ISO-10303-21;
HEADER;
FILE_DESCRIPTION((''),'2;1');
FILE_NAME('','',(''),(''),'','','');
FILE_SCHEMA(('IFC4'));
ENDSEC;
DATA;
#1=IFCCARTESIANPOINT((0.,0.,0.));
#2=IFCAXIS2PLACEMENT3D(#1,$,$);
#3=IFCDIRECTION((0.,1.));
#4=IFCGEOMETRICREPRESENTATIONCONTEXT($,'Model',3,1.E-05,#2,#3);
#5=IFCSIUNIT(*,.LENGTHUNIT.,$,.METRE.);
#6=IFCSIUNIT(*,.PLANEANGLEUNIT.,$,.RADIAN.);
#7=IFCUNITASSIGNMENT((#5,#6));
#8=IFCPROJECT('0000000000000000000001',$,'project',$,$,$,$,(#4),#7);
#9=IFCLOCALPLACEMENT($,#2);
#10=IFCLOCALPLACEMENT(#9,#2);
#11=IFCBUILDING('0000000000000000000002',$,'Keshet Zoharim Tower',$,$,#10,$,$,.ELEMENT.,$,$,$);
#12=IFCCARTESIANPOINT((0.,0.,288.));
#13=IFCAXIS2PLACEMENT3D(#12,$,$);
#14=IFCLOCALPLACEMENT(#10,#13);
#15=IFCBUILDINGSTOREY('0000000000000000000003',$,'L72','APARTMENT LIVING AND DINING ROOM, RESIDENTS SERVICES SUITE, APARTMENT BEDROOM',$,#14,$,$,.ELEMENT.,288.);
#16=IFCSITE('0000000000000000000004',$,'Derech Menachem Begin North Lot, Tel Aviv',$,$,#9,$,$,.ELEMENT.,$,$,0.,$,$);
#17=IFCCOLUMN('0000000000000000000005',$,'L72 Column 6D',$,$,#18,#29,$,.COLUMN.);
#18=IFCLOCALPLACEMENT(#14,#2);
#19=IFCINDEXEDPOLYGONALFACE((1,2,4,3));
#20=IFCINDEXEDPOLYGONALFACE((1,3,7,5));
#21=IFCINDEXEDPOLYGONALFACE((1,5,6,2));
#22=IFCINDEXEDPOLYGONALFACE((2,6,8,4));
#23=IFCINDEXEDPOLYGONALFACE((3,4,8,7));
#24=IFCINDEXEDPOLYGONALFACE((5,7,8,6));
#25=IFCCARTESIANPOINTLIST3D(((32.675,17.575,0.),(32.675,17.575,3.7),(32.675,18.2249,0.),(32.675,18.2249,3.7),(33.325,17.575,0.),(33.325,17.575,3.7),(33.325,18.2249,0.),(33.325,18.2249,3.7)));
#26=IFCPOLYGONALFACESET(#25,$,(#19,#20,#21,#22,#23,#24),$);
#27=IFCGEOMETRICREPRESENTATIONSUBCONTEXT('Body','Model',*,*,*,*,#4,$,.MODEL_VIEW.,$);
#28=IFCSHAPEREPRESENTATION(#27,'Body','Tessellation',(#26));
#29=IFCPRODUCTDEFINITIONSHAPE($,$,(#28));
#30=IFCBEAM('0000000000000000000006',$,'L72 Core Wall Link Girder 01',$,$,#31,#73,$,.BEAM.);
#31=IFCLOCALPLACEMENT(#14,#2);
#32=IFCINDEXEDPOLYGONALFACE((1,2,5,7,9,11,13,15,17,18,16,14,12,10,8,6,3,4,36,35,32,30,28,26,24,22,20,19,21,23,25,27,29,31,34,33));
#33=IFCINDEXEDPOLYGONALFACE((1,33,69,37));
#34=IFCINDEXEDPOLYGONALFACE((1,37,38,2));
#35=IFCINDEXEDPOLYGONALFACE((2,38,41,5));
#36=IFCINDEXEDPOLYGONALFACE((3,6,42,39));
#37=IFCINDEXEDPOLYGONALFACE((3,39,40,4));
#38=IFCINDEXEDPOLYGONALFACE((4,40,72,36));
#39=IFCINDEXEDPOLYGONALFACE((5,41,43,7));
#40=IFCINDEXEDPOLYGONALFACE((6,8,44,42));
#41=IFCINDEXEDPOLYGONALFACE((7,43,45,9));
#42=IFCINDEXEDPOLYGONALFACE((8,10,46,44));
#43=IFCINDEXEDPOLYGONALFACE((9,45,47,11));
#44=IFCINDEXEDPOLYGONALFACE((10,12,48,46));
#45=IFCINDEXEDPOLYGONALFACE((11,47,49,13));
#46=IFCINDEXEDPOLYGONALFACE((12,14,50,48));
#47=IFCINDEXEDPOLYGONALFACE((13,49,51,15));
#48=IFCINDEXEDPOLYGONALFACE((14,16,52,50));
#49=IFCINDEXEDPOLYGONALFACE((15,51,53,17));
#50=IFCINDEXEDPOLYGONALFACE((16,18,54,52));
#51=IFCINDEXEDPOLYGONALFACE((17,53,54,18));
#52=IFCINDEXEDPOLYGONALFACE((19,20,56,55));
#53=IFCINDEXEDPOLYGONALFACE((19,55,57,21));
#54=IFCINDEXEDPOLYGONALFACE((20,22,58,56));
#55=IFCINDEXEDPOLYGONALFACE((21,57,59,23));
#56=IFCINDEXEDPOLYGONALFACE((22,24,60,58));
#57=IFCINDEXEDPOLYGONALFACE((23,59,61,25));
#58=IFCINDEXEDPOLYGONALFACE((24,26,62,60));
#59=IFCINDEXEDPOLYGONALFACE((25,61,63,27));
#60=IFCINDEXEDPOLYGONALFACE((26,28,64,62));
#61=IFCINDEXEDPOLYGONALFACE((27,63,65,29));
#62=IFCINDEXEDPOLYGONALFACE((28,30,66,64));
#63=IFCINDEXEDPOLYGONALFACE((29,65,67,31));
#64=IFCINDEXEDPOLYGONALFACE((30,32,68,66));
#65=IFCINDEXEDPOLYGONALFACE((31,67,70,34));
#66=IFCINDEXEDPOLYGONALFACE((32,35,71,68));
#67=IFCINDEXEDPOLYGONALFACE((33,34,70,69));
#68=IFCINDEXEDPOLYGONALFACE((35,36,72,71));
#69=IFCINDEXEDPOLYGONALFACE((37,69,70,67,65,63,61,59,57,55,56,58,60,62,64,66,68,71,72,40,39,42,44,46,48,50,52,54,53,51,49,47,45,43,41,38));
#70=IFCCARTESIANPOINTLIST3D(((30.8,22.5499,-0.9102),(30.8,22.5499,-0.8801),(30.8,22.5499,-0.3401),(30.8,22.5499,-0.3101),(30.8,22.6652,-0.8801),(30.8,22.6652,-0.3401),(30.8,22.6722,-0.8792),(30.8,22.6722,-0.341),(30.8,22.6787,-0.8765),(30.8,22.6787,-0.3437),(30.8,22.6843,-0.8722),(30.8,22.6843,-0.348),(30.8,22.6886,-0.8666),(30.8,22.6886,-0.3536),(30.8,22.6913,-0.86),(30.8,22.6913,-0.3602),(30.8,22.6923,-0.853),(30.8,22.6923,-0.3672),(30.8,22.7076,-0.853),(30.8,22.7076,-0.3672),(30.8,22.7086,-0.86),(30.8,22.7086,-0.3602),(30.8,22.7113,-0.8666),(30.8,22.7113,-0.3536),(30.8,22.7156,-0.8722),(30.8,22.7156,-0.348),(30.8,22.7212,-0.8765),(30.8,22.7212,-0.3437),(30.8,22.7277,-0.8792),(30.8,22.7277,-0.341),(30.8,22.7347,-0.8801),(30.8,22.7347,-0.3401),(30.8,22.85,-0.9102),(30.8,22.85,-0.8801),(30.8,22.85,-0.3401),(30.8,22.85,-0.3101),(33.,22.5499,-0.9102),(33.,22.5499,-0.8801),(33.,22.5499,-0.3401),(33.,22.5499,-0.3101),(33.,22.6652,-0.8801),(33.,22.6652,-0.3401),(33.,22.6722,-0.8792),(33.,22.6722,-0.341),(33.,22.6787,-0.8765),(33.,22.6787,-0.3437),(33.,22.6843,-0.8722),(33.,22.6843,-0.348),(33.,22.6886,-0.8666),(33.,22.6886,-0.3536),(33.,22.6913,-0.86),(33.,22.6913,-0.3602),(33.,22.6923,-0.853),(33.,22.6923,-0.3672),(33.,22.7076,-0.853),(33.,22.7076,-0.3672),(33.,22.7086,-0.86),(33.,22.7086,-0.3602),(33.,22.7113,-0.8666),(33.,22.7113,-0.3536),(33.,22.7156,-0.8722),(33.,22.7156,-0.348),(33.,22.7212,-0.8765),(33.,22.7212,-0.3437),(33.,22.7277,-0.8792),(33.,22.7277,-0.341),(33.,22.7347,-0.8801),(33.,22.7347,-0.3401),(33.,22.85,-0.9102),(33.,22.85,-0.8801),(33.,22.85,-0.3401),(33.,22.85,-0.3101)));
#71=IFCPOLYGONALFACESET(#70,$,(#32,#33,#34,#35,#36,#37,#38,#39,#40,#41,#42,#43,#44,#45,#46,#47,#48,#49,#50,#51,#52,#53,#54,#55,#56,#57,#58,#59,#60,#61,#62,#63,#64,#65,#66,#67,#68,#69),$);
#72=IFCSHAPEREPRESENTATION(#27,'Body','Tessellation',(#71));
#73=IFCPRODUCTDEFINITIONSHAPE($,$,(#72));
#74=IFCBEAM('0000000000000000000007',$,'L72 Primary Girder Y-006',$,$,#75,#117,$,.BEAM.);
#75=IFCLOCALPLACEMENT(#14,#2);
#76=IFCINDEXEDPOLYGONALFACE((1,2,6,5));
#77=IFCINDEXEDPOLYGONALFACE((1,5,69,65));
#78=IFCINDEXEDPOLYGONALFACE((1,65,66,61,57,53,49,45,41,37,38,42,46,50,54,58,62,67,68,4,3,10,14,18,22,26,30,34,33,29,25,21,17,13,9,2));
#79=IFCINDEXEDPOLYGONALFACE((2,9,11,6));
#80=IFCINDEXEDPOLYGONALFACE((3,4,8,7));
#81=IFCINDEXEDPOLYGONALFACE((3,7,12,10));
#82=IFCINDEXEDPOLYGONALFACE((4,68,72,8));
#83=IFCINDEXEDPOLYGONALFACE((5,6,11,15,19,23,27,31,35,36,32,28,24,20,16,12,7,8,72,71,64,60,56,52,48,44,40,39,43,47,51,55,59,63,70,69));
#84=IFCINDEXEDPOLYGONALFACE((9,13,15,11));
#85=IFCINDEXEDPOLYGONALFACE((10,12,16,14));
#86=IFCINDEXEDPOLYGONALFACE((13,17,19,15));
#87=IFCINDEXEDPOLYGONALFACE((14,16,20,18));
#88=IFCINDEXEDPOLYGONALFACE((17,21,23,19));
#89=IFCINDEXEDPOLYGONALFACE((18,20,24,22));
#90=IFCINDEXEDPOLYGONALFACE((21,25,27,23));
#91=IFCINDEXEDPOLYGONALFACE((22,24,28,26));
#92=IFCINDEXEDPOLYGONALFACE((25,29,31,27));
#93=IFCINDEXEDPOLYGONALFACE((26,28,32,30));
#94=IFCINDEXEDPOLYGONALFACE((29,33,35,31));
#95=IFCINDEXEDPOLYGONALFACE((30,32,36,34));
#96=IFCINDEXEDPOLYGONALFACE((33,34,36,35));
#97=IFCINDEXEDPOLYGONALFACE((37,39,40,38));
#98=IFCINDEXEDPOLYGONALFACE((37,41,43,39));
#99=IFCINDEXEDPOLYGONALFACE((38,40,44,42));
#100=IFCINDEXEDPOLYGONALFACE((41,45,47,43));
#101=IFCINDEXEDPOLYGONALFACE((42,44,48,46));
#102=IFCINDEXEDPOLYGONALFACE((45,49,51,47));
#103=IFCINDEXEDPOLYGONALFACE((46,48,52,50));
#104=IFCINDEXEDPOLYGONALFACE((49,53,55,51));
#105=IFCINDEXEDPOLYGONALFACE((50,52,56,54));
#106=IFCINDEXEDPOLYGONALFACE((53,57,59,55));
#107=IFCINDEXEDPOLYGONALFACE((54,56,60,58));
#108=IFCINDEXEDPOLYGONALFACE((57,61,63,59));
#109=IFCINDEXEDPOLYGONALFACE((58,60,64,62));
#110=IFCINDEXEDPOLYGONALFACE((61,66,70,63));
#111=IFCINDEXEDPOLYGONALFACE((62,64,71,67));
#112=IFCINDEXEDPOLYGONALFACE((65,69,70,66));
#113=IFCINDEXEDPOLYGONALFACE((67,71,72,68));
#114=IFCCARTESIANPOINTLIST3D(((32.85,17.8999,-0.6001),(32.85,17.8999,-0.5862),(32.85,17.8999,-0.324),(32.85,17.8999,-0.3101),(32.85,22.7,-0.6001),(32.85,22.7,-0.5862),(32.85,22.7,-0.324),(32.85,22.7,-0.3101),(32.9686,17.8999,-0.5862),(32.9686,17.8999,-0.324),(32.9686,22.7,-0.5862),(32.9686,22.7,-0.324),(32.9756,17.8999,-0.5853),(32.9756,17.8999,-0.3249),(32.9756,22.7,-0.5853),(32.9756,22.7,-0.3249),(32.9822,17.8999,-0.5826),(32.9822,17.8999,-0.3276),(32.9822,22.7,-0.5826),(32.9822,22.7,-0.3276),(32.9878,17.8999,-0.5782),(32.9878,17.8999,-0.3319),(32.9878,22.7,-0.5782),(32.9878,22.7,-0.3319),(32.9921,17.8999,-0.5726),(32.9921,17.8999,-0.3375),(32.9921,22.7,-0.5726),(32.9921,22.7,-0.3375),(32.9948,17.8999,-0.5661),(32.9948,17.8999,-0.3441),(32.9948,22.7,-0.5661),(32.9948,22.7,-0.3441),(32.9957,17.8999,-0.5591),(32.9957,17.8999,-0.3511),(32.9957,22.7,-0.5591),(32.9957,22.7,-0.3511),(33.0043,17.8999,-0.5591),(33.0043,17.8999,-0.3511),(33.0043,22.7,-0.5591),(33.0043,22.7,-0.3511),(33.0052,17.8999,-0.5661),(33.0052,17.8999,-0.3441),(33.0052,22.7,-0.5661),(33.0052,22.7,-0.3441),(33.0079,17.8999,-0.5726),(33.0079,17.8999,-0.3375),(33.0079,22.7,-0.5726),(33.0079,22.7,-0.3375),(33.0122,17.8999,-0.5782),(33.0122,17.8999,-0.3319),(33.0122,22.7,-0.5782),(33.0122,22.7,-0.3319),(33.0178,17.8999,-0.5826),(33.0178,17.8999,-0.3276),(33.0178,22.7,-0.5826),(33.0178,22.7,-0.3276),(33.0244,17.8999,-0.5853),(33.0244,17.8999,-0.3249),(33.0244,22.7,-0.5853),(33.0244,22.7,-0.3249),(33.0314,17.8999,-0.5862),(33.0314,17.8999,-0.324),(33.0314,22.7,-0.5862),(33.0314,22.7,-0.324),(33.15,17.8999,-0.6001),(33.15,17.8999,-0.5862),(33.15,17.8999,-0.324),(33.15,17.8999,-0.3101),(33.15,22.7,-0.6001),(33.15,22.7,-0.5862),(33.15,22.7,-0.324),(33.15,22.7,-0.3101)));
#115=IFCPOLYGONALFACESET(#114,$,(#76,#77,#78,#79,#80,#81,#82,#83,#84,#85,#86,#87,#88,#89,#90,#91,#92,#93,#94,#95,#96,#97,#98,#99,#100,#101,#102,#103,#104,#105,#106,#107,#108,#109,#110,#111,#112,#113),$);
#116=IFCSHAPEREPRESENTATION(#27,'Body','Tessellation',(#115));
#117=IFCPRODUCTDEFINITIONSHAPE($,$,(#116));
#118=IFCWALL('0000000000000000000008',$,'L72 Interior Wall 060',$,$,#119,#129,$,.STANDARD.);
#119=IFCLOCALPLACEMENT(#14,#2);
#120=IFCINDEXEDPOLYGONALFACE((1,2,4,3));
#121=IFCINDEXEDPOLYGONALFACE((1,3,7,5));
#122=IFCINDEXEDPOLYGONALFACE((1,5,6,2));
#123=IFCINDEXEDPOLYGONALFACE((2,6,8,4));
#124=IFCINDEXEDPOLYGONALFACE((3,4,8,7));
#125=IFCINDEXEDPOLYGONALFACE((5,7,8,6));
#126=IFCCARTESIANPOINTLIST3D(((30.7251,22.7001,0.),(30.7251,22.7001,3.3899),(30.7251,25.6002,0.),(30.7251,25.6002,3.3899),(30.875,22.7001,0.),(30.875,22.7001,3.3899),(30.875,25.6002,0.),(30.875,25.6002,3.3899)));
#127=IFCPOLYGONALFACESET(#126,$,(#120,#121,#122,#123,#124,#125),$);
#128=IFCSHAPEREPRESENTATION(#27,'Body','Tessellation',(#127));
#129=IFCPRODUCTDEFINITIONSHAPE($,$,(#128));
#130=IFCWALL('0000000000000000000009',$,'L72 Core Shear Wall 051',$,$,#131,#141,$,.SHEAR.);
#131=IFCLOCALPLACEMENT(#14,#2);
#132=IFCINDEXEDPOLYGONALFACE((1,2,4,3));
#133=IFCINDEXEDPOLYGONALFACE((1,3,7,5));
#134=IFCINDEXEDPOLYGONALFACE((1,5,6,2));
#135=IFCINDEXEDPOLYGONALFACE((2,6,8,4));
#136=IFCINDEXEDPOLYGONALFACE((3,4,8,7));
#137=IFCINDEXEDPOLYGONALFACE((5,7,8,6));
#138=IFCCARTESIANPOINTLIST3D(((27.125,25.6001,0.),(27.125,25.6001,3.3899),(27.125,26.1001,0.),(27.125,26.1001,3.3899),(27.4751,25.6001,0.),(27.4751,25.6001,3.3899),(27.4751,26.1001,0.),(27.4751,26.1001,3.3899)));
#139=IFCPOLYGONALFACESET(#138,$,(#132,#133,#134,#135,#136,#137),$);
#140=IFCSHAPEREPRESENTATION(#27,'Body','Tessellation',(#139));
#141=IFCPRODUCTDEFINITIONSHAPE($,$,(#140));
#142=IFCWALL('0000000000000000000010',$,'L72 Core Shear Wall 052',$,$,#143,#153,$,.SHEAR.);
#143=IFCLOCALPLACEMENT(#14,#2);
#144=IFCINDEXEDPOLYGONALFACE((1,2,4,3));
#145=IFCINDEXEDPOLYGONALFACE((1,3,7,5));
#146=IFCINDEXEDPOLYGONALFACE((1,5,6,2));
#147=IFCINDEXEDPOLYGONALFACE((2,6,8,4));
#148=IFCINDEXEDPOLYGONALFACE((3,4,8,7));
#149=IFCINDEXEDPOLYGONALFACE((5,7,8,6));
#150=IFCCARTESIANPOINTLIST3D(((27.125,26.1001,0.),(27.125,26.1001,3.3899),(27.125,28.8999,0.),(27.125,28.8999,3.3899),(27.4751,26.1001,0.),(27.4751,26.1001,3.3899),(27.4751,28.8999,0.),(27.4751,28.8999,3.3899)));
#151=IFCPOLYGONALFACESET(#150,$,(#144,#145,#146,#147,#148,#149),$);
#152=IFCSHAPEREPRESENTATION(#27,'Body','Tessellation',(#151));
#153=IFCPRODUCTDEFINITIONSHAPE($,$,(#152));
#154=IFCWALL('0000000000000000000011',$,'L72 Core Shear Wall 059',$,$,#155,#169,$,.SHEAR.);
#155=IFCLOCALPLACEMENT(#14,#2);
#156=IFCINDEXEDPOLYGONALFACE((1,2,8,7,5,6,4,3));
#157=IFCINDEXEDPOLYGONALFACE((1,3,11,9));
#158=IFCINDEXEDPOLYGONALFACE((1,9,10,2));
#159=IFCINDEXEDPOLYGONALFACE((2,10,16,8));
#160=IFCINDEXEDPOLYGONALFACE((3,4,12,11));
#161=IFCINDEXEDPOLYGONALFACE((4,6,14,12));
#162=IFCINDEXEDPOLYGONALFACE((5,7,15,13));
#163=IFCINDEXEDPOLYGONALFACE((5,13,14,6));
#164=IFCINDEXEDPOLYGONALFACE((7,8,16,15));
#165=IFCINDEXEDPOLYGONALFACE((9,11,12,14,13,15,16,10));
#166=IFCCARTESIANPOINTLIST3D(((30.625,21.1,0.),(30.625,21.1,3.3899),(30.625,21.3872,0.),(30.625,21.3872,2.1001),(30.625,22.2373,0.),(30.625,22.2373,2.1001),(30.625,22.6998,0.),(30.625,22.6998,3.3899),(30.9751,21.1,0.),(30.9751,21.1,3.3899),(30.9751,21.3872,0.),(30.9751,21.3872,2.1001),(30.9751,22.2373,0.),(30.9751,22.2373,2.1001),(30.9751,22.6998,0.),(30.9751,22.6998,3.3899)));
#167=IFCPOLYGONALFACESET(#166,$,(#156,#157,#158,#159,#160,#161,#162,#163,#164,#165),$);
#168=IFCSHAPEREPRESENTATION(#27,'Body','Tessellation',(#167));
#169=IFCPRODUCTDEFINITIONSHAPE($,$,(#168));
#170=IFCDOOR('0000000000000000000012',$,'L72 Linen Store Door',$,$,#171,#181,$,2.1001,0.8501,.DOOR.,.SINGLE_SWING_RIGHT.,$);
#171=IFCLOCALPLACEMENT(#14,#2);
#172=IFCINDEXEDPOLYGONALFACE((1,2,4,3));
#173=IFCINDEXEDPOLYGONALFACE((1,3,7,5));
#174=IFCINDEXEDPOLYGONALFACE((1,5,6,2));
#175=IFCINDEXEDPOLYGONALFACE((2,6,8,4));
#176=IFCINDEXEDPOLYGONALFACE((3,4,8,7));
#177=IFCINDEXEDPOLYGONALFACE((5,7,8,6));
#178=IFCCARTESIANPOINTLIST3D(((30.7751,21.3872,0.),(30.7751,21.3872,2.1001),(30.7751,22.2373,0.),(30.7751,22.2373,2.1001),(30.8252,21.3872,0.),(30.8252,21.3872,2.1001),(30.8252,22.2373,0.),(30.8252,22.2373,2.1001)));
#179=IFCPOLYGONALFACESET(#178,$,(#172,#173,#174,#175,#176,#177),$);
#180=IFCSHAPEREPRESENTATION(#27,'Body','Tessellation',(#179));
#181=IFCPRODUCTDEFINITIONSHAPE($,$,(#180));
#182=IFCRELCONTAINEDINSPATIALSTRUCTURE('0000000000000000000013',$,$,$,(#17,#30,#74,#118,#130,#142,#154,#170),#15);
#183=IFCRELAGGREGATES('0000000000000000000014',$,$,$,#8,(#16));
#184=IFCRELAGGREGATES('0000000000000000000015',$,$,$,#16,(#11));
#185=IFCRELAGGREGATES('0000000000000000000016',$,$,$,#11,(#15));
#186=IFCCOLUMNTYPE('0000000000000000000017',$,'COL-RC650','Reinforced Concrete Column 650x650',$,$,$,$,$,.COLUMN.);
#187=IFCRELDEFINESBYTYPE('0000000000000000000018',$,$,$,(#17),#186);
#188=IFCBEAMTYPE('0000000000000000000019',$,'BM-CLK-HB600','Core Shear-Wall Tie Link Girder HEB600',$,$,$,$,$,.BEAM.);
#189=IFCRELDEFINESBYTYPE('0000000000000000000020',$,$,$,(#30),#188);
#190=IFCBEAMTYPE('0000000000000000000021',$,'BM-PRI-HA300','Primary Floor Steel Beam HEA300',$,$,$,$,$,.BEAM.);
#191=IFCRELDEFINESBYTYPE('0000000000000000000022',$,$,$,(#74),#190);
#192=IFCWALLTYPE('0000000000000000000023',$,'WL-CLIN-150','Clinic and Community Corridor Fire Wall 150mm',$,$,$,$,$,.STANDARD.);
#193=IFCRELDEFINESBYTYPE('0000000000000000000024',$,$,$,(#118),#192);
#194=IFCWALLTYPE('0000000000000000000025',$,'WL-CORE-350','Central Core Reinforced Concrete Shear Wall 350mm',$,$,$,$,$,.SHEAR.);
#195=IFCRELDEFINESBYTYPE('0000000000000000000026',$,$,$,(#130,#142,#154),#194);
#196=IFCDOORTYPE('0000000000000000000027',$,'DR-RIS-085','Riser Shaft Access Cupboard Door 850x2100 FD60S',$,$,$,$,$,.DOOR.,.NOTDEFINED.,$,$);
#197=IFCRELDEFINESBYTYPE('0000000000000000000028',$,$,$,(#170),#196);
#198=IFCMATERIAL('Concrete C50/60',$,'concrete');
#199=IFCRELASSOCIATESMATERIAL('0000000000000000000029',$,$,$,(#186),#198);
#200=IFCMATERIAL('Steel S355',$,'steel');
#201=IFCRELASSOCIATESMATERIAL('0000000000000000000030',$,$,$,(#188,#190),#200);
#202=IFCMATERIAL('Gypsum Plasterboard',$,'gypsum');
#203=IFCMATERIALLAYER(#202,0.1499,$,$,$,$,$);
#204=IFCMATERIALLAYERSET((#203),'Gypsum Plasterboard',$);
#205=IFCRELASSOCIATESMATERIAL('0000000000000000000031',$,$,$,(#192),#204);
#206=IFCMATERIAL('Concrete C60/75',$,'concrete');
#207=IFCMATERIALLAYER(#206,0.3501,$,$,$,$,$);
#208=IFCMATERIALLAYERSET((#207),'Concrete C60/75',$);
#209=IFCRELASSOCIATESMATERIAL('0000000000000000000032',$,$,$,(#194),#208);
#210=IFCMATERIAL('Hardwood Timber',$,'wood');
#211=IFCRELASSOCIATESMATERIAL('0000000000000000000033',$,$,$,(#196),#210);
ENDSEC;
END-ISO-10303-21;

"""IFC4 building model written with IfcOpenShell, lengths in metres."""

from ifc_helpers import new_model, si_unit, direction, frame, frame_2d, origin, origin_2d, place, context, subcontext, project, spatial, rectangle, i_section, extrude, material, layer, layer_set, material_profile, profile_set, type_object, element, fill, save


model = new_model("IFC4")

# Units and contexts
model_context = context("Model", 3, precision=1e-05, world=origin(), true_north=direction((0.0, 1.0)))
body_context = subcontext(model_context, "Body", "Model", "MODEL_VIEW")
ifc_project = project(units=[si_unit("LENGTHUNIT", "METRE"), si_unit("PLANEANGLEUNIT", "RADIAN")], contexts=[model_context])

# Site, building, storey
site_placement = place(None, origin())
site = spatial("IfcSite", under=ifc_project, at=site_placement, Name="Derech Menachem Begin North Lot, Tel Aviv", CompositionType="ELEMENT", RefElevation=0.0)
building_placement = place(site_placement, origin())
building = spatial("IfcBuilding", under=site, at=building_placement, Name="Keshet Zoharim Tower", CompositionType="ELEMENT")
storey_placement = place(building_placement, frame((0.0, 0.0, 288.0)))
storey = spatial("IfcBuildingStorey", under=building, at=storey_placement, Name="L72", Description="APARTMENT LIVING AND DINING ROOM, RESIDENTS SERVICES SUITE, APARTMENT BEDROOM", CompositionType="ELEMENT", Elevation=288.0)

# Column
ifc_material_1 = material(Name="Concrete C50/60", Category="concrete")
ifc_material_profile_1 = material_profile(ifc_material_1, rectangle(XDim=0.6499, YDim=0.6499, at=origin_2d()), Name="RC650x650")
ifc_profile_set_1 = profile_set([ifc_material_profile_1], Name="Concrete C50/60")
column_type = type_object("IfcColumnType", Name="COL-RC650", Description="Reinforced Concrete Column 650x650", PredefinedType="COLUMN", material=ifc_profile_set_1)
column_placement = place(storey_placement, frame((33.0, 17.8999, 0.0), z_axis=(0.0, 0.0, 1.0), x_axis=(1.0, 0.0, 0.0)))
element("IfcColumn", 1, at=column_placement, inside=storey, type_object=column_type, Name="L72 Column 6D", PredefinedType="COLUMN", context=body_context, shape_type="SweptSolid", body=[
    extrude(rectangle(XDim=0.6499, YDim=0.6499, at=origin_2d()), origin(), (0.0, 0.0, 1.0), 3.7),
])

# Beams
ifc_material_2 = material(Name="Steel S355", Category="steel")
ifc_material_profile_2 = material_profile(ifc_material_2, i_section(OverallWidth=0.3, OverallDepth=0.6001, WebThickness=0.0154, FlangeThickness=0.03, FilletRadius=0.0271, at=origin_2d()), Name="HEB600")
ifc_profile_set_2 = profile_set([ifc_material_profile_2], Name="Steel S355")
beam_type_1 = type_object("IfcBeamType", Name="BM-CLK-HB600", Description="Core Shear-Wall Tie Link Girder HEB600", PredefinedType="BEAM", material=ifc_profile_set_2)
beam_1_placement = place(storey_placement, frame((30.8, 22.7, -0.6101), z_axis=(1.0, 0.0, 0.0), x_axis=(0.0, 1.0, 0.0)))
element("IfcBeam", 2, at=beam_1_placement, inside=storey, type_object=beam_type_1, Name="L72 Core Wall Link Girder 01", PredefinedType="BEAM", context=body_context, shape_type="SweptSolid", body=[
    extrude(i_section(OverallWidth=0.3, OverallDepth=0.6001, WebThickness=0.0154, FlangeThickness=0.03, FilletRadius=0.0271, at=origin_2d()), origin(), (0.0, 0.0, 1.0), 2.2),
])
ifc_material_profile_3 = material_profile(ifc_material_2, i_section(OverallWidth=0.3, OverallDepth=0.29, WebThickness=0.0085, FlangeThickness=0.0139, FilletRadius=0.0271, at=origin_2d()), Name="HEA300")
ifc_profile_set_3 = profile_set([ifc_material_profile_3], Name="Steel S355")
beam_type_2 = type_object("IfcBeamType", Name="BM-PRI-HA300", Description="Primary Floor Steel Beam HEA300", PredefinedType="BEAM", material=ifc_profile_set_3)
beam_2_placement = place(storey_placement, frame((33.0, 17.8999, -0.4551), z_axis=(0.0, 1.0, 0.0), x_axis=(-1.0, 0.0, 0.0)))
element("IfcBeam", 3, at=beam_2_placement, inside=storey, type_object=beam_type_2, Name="L72 Primary Girder Y-006", PredefinedType="BEAM", context=body_context, shape_type="SweptSolid", body=[
    extrude(i_section(OverallWidth=0.3, OverallDepth=0.29, WebThickness=0.0085, FlangeThickness=0.0139, FilletRadius=0.0271, at=origin_2d()), origin(), (0.0, 0.0, 1.0), 4.8),
])

# Walls
ifc_material_3 = material(Name="Gypsum Plasterboard", Category="gypsum")
ifc_layer_1 = layer(ifc_material_3, 0.1499)
ifc_layer_set_1 = layer_set([ifc_layer_1], Name="Gypsum Plasterboard")
wall_type_1 = type_object("IfcWallType", Name="WL-CLIN-150", Description="Clinic and Community Corridor Fire Wall 150mm", PredefinedType="STANDARD", material=ifc_layer_set_1)
wall_1_placement = place(storey_placement, frame((30.8, 22.7, 0.0), z_axis=(0.0, 0.0, 1.0), x_axis=(0.0, 1.0, 0.0)))
element("IfcWall", 4, at=wall_1_placement, inside=storey, type_object=wall_type_1, Name="L72 Interior Wall 060", PredefinedType="STANDARD", context=body_context, shape_type="SweptSolid", body=[
    extrude(rectangle(XDim=2.9001, YDim=0.1499, at=frame_2d((1.4502, 0.0))), origin(), (0.0, 0.0, 1.0), 3.3899),
])
ifc_material_4 = material(Name="Concrete C60/75", Category="concrete")
ifc_layer_2 = layer(ifc_material_4, 0.3501)
ifc_layer_set_2 = layer_set([ifc_layer_2], Name="Concrete C60/75")
wall_type_2 = type_object("IfcWallType", Name="WL-CORE-350", Description="Central Core Reinforced Concrete Shear Wall 350mm", PredefinedType="SHEAR", material=ifc_layer_set_2)
wall_2_placement = place(storey_placement, frame((27.3, 25.6001, 0.0), z_axis=(0.0, 0.0, 1.0), x_axis=(0.0, 1.0, 0.0)))
element("IfcWall", 5, at=wall_2_placement, inside=storey, type_object=wall_type_2, Name="L72 Core Shear Wall 051", PredefinedType="SHEAR", context=body_context, shape_type="SweptSolid", body=[
    extrude(rectangle(XDim=0.5, YDim=0.3501, at=frame_2d((0.25, 0.0))), origin(), (0.0, 0.0, 1.0), 3.3899),
])
wall_3_placement = place(storey_placement, frame((27.3, 26.1001, 0.0), z_axis=(0.0, 0.0, 1.0), x_axis=(0.0, 1.0, 0.0)))
element("IfcWall", 6, at=wall_3_placement, inside=storey, type_object=wall_type_2, Name="L72 Core Shear Wall 052", PredefinedType="SHEAR", context=body_context, shape_type="SweptSolid", body=[
    extrude(rectangle(XDim=2.7998, YDim=0.3501, at=frame_2d((1.3999, 0.0))), origin(), (0.0, 0.0, 1.0), 3.3899),
])

# Wall, opening, door
wall_4_placement = place(storey_placement, frame((30.8, 21.1001, 0.0), z_axis=(0.0, 0.0, 1.0), x_axis=(0.0, 1.0, 0.0)))
wall_4 = element("IfcWall", 7, at=wall_4_placement, inside=storey, type_object=wall_type_2, Name="L72 Core Shear Wall 059", PredefinedType="SHEAR", context=body_context, shape_type="SweptSolid", body=[
    extrude(rectangle(XDim=1.5999, YDim=0.3501, at=frame_2d((0.7998, 0.0))), origin(), (0.0, 0.0, 1.0), 3.3899),
])
opening_1_placement = place(wall_4_placement, frame((0.2871, 0.0, 0.0)))
opening_1 = element("IfcOpeningElement", 8, at=opening_1_placement, cuts=wall_4, PredefinedType="OPENING", context=body_context, shape_type="SweptSolid", body=[
    extrude(rectangle(XDim=0.8501, YDim=2.1001, at=frame_2d((0.425, 1.05))), frame((0.0, 0.1851, 0.0), z_axis=(0.0, -1.0, 0.0), x_axis=(1.0, 0.0, 0.0)), (0.0, 0.0, 1.0), 0.3701),
])
ifc_material_5 = material(Name="Hardwood Timber", Category="wood")
door_type_1 = type_object("IfcDoorType", Name="DR-RIS-085", Description="Riser Shaft Access Cupboard Door 850x2100 FD60S", OperationType="NOTDEFINED", PredefinedType="DOOR", material=ifc_material_5)
door_1_placement = place(opening_1_placement, origin())
door_1 = element("IfcDoor", 9, at=door_1_placement, inside=storey, type_object=door_type_1, Name="L72 Linen Store Door", OperationType="SINGLE_SWING_RIGHT", OverallHeight=2.1001, OverallWidth=0.8501, PredefinedType="DOOR", context=body_context, shape_type="SweptSolid", body=[
    extrude(rectangle(XDim=0.8501, YDim=2.1001, at=frame_2d((0.425, 1.05))), frame((0.0, 0.0249, 0.0), z_axis=(0.0, -1.0, 0.0), x_axis=(1.0, 0.0, 0.0)), (0.0, 0.0, 1.0), 0.05),
])
fill(opening_1, door_1)

save(model, "model.ifc")
